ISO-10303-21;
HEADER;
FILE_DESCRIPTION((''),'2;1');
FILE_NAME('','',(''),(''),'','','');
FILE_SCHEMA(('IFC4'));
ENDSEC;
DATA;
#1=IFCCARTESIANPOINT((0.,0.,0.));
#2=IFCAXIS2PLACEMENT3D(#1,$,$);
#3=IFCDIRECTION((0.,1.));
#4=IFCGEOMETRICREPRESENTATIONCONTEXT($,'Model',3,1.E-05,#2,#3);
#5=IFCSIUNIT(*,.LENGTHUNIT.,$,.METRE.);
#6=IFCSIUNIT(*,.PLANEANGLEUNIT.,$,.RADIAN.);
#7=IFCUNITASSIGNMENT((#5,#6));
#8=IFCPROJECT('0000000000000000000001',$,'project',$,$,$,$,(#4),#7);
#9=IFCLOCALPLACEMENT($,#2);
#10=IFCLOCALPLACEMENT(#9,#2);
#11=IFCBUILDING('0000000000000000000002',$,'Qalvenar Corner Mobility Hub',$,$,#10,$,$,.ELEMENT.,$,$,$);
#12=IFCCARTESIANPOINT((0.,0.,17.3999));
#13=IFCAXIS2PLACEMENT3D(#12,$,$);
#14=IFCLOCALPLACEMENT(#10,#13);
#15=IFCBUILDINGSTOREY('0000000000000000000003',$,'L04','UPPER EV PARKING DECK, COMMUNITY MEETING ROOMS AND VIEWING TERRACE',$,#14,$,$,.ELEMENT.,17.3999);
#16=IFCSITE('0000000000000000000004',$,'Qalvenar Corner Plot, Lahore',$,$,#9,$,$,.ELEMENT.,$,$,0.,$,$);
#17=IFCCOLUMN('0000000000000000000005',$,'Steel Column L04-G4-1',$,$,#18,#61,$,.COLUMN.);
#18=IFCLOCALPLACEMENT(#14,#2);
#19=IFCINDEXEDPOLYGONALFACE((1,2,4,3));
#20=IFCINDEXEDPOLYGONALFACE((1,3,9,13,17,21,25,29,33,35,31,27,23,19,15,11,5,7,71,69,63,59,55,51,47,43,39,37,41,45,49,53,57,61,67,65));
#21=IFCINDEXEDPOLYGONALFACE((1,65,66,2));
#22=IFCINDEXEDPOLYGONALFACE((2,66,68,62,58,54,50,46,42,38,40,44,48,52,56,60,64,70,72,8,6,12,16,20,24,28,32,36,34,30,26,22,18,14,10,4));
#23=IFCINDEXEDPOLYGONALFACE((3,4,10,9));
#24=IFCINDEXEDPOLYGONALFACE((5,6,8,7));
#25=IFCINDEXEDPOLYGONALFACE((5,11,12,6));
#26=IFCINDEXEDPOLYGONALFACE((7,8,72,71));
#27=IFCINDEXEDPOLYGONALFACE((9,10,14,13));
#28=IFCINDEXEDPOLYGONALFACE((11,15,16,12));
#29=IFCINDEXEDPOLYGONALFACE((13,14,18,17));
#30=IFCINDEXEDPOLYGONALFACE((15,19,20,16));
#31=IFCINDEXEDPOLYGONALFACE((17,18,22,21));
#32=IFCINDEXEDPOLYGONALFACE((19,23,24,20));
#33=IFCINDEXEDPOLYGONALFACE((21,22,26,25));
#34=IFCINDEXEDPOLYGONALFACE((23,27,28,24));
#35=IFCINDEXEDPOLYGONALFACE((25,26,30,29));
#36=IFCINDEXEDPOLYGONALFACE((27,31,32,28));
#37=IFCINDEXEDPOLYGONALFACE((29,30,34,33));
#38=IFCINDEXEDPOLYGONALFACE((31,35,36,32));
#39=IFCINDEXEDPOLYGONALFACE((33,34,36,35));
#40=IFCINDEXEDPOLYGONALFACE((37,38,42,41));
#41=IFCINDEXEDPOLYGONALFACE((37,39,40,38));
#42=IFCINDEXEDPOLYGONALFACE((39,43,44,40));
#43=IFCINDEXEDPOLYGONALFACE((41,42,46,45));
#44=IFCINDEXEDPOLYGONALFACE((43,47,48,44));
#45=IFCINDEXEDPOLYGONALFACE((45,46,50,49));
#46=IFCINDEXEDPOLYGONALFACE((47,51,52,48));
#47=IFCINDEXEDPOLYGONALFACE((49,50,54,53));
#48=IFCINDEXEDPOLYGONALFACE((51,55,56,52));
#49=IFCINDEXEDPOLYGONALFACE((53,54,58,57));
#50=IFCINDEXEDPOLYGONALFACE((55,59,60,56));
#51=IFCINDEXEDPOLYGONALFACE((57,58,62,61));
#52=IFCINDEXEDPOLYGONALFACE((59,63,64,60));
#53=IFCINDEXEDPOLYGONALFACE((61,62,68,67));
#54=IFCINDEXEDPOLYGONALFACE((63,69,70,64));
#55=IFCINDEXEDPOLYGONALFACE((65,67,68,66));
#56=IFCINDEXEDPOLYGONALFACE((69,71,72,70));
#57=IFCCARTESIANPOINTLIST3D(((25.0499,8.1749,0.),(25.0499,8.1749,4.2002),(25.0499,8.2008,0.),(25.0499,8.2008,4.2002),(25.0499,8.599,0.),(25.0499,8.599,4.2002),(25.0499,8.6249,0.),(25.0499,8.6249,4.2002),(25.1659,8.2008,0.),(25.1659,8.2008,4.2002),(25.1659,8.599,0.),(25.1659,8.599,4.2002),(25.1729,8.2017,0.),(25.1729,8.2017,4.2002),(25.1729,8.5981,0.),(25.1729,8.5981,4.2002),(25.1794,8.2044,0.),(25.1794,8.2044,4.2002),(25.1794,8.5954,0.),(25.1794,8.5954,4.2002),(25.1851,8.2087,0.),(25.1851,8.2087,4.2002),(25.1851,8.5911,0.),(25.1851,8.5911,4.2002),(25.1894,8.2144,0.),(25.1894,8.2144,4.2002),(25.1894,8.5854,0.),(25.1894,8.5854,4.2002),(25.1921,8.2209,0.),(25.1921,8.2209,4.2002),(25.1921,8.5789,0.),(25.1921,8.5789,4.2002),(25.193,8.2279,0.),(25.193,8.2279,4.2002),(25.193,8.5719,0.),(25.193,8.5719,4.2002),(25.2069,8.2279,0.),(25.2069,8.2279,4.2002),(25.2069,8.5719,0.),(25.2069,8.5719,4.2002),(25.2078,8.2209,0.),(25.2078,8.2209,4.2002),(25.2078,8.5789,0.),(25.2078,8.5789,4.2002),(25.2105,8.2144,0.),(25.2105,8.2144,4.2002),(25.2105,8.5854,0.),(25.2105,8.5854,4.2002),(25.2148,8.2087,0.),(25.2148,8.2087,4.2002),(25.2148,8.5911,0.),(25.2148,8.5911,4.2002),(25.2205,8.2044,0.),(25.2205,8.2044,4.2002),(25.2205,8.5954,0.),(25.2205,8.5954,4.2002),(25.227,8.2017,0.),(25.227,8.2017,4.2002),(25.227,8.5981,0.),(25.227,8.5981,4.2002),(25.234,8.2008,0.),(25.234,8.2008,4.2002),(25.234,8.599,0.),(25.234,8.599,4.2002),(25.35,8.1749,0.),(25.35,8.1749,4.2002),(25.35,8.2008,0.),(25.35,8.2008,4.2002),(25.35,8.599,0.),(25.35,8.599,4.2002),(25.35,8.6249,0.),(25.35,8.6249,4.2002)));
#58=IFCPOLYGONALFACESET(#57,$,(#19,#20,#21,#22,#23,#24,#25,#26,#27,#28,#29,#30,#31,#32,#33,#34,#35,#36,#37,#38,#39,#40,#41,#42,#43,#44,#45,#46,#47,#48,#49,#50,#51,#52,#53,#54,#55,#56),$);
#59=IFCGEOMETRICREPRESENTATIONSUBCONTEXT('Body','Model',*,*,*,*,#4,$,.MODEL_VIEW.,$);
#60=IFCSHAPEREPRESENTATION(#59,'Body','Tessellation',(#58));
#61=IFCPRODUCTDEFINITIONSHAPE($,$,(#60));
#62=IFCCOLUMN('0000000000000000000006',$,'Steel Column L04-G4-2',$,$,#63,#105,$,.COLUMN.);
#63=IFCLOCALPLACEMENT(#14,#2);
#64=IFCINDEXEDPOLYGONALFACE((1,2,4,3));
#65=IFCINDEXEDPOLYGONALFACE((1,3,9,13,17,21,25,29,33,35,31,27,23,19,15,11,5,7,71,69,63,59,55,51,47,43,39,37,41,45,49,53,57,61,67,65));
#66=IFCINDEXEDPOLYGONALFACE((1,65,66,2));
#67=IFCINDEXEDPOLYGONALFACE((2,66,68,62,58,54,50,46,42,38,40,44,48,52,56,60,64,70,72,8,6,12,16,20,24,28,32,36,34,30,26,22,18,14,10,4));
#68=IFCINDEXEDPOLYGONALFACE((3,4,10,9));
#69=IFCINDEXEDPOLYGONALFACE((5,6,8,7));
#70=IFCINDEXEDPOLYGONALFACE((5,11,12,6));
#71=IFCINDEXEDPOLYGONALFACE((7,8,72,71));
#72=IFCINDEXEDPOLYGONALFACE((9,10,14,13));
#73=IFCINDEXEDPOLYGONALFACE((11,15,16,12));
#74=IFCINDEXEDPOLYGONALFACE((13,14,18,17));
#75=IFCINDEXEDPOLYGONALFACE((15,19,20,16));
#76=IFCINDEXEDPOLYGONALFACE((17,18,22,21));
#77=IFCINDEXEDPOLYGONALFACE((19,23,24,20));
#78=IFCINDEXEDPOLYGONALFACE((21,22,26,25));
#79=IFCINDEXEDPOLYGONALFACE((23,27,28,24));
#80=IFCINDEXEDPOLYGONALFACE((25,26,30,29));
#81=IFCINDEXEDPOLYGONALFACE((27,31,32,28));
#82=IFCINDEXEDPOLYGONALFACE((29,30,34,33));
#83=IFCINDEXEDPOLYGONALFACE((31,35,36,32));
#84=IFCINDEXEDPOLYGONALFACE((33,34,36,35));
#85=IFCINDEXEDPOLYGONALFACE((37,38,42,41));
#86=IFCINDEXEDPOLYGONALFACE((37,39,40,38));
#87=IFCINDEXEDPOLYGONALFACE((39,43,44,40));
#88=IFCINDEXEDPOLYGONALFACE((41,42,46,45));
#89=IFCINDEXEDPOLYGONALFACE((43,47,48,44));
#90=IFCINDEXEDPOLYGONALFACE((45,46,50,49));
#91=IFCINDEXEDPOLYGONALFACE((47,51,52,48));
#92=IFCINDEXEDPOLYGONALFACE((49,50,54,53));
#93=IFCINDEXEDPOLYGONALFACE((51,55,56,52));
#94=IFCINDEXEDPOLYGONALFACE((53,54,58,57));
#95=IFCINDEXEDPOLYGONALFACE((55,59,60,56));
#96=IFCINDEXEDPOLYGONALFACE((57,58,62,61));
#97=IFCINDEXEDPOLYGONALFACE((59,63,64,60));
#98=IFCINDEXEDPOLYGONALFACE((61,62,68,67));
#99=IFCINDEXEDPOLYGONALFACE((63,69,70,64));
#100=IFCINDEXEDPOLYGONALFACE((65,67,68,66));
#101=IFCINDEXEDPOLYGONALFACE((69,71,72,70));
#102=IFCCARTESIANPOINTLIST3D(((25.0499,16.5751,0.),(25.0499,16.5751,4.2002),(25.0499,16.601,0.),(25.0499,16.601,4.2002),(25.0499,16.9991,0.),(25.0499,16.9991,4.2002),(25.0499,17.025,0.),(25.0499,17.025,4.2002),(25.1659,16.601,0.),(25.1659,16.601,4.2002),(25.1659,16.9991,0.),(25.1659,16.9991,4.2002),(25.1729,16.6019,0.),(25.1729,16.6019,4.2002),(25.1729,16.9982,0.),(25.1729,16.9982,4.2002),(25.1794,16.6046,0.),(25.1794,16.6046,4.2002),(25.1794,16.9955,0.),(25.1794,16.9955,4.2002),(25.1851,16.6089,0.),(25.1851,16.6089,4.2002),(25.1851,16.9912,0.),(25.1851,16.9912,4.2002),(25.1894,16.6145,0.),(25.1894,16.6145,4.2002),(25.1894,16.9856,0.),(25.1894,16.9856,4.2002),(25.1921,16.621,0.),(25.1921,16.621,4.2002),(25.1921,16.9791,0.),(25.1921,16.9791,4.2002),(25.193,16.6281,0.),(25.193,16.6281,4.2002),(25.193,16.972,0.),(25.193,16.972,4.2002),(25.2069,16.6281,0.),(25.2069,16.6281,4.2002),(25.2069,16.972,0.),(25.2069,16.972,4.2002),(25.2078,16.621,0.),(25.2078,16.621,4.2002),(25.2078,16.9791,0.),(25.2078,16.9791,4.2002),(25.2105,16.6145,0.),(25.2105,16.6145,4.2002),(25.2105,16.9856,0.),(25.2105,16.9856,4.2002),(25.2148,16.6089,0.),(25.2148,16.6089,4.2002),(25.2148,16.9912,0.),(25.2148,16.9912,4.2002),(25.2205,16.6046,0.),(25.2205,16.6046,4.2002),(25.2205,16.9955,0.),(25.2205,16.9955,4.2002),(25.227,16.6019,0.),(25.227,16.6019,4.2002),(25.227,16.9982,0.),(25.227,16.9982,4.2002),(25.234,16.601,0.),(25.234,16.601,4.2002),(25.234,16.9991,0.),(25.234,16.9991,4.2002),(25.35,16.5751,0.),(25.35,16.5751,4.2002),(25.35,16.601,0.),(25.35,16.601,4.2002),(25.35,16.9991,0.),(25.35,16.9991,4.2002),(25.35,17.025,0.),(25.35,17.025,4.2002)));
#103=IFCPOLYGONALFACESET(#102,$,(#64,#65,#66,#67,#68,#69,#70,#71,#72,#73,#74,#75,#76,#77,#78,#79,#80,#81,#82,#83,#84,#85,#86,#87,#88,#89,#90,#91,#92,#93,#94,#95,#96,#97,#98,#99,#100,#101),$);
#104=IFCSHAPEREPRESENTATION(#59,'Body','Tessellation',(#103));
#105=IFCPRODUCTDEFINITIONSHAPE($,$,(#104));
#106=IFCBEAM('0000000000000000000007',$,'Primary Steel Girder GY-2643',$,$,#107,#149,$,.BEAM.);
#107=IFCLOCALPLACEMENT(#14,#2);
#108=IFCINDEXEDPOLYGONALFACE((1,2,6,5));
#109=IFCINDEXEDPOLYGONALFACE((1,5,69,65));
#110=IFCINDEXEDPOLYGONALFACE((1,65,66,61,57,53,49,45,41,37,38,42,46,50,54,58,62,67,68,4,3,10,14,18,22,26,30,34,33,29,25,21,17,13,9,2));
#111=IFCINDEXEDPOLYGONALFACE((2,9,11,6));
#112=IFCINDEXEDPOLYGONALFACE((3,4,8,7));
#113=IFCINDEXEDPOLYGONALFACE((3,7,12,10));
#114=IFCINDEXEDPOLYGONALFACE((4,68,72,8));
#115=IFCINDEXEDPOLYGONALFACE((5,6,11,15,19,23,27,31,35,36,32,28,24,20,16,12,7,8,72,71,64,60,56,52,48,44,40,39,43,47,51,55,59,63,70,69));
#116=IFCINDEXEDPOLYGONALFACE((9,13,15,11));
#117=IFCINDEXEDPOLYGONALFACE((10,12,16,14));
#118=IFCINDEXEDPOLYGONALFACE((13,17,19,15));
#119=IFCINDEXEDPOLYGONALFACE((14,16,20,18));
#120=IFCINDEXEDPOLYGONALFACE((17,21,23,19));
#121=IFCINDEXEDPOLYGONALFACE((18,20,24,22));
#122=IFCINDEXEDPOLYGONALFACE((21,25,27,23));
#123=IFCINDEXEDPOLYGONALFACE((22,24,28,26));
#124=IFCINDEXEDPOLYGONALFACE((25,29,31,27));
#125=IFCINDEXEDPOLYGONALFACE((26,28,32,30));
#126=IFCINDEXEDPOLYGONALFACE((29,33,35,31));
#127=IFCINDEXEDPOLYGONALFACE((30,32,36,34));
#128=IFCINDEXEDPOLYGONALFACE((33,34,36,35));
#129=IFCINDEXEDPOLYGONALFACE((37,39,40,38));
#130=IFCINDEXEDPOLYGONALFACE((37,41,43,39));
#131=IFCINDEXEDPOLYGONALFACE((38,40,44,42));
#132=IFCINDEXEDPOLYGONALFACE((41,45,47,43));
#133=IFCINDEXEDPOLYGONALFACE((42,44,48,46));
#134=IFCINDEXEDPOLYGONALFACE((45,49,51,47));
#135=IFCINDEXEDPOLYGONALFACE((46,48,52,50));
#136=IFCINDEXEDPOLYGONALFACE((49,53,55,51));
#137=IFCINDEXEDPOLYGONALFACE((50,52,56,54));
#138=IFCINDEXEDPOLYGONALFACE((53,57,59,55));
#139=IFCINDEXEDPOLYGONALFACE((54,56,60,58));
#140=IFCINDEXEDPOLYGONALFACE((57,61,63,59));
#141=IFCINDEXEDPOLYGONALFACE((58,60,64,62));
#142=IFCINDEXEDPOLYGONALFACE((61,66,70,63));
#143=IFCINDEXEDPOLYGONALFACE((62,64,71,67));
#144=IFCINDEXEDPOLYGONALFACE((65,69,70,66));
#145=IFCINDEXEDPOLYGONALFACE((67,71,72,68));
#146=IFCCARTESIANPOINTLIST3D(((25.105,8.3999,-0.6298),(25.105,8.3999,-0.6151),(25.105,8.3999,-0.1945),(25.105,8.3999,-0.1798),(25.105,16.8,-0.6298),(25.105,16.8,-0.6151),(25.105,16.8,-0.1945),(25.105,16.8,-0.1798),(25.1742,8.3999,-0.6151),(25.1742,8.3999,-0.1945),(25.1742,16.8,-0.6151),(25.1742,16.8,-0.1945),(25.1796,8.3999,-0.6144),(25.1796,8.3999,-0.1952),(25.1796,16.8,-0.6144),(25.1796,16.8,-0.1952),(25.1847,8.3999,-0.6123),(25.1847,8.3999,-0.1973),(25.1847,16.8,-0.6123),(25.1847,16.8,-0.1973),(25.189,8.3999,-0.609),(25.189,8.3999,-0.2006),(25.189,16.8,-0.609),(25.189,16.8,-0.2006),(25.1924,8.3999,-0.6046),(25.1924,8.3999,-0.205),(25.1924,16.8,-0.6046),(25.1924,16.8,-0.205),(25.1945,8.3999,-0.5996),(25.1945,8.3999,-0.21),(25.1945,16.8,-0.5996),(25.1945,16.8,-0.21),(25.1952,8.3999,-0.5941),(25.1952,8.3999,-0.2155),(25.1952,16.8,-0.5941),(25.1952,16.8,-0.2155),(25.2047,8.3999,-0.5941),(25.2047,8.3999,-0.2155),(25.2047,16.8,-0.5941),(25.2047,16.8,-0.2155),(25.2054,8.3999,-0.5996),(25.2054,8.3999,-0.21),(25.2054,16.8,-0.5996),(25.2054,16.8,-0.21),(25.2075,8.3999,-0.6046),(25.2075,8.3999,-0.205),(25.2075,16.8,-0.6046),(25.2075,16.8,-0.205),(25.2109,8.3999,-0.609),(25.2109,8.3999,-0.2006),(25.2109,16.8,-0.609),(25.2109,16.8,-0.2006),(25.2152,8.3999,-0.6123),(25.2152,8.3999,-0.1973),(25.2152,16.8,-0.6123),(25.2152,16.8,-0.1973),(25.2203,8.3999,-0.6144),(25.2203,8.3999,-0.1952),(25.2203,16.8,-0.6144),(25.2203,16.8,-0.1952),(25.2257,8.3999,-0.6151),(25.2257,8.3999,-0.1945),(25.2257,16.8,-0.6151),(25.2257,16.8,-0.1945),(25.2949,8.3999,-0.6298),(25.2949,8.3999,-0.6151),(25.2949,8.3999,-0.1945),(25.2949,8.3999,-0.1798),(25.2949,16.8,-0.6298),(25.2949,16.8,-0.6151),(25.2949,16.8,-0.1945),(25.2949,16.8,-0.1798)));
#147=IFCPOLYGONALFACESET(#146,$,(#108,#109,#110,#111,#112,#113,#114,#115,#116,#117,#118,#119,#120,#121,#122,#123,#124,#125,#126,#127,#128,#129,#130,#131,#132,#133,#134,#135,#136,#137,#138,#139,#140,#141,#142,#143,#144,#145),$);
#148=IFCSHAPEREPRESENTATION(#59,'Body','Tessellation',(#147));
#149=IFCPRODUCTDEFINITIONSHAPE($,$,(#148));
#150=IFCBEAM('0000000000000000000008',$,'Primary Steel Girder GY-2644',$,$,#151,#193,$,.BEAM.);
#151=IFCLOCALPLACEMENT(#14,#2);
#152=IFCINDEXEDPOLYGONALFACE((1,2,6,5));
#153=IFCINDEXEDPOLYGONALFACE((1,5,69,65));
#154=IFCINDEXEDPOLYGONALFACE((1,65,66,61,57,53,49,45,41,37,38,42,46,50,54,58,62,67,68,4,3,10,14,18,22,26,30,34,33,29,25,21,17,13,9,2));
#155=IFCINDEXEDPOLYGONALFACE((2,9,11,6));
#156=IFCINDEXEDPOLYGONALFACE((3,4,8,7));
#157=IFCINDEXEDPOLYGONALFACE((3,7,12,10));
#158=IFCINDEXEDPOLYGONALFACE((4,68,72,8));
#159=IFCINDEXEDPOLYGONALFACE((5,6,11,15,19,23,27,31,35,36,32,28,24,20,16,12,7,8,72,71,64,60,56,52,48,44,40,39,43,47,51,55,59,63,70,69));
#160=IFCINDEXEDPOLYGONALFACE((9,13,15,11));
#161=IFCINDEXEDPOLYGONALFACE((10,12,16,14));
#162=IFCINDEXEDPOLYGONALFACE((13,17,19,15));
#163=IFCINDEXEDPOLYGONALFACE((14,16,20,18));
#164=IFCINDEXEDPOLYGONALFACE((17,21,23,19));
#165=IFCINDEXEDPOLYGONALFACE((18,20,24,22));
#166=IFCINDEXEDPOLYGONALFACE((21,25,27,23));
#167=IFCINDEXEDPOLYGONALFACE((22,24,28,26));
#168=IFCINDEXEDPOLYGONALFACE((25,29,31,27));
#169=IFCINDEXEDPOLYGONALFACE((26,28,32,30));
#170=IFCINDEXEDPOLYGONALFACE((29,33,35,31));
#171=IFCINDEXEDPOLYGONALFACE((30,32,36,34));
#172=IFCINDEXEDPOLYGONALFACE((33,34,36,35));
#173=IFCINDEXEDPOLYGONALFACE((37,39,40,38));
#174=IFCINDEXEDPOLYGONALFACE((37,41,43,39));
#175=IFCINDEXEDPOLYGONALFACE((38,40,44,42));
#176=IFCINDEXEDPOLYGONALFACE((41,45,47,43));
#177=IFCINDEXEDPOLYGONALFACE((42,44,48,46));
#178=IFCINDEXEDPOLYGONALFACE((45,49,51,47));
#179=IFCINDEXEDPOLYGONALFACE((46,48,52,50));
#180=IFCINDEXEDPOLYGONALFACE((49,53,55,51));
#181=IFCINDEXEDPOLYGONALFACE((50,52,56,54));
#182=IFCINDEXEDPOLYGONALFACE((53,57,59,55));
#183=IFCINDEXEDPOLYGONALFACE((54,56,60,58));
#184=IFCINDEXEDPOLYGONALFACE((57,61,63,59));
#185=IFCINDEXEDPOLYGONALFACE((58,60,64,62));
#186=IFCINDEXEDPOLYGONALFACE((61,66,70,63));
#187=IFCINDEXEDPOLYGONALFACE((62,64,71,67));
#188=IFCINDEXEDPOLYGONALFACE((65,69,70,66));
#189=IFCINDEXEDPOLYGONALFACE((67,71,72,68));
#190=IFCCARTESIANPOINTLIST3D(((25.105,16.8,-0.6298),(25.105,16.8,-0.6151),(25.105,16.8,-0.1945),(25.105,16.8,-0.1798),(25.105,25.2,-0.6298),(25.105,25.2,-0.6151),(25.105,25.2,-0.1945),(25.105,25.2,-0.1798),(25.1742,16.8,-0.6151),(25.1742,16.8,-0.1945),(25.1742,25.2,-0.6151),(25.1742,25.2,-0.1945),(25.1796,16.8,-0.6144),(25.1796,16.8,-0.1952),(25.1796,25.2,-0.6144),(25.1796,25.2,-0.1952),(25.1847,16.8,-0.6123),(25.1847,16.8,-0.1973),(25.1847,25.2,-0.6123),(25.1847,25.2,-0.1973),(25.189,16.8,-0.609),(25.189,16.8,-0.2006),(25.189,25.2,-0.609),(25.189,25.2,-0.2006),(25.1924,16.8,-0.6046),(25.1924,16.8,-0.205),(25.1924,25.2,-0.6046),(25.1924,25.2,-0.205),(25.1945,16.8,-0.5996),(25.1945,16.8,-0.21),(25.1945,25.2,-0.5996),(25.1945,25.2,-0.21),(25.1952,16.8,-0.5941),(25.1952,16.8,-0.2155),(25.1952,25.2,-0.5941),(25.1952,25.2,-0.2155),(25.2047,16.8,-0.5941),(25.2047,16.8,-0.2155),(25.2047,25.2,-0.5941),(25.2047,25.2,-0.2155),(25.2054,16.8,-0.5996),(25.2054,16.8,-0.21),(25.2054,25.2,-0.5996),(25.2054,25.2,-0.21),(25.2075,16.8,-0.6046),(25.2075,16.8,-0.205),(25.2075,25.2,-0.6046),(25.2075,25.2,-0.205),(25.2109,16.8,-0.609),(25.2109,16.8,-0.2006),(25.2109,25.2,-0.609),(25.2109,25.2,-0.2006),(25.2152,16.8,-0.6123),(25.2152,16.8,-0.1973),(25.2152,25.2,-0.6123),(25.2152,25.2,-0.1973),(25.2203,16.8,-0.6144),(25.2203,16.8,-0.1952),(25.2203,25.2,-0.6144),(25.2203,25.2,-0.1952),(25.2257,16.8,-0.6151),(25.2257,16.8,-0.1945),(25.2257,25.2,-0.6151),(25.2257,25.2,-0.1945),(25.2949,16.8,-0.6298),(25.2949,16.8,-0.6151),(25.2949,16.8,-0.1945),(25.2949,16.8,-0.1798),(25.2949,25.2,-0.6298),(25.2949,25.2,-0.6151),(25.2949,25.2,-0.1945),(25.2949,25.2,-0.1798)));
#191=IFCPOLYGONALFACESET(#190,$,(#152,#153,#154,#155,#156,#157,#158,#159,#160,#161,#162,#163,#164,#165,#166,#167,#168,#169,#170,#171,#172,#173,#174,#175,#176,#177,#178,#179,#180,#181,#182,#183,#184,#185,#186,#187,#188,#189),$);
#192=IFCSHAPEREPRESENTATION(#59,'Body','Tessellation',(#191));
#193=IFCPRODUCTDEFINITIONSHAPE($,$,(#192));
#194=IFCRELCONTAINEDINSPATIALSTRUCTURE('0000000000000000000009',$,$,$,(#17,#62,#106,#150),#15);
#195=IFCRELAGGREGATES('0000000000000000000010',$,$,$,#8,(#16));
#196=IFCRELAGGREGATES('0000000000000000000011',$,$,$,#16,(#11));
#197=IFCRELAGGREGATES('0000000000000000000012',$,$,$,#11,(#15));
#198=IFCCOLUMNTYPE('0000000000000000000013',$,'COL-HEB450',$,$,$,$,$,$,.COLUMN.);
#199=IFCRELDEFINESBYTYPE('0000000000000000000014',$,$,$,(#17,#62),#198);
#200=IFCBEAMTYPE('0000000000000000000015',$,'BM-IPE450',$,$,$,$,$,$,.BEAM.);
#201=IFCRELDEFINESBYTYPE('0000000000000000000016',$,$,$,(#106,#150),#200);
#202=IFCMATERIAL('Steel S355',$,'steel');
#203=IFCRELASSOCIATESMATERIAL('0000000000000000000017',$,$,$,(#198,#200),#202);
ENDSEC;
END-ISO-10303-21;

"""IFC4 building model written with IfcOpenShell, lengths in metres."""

from ifc_helpers import new_model, si_unit, direction, frame, origin, origin_2d, place, context, subcontext, project, spatial, i_section, extrude, material, material_profile, profile_set, type_object, element, save


model = new_model("IFC4")

# Units and contexts
model_context = context("Model", 3, precision=1e-05, world=origin(), true_north=direction((0.0, 1.0)))
body_context = subcontext(model_context, "Body", "Model", "MODEL_VIEW")
ifc_project = project(units=[si_unit("LENGTHUNIT", "METRE"), si_unit("PLANEANGLEUNIT", "RADIAN")], contexts=[model_context])

# Site, building, storey
site_placement = place(None, origin())
site = spatial("IfcSite", under=ifc_project, at=site_placement, Name="Qalvenar Corner Plot, Lahore", CompositionType="ELEMENT", RefElevation=0.0)
building_placement = place(site_placement, origin())
building = spatial("IfcBuilding", under=site, at=building_placement, Name="Qalvenar Corner Mobility Hub", CompositionType="ELEMENT")
storey_placement = place(building_placement, frame((0.0, 0.0, 17.3999)))
storey = spatial("IfcBuildingStorey", under=building, at=storey_placement, Name="L04", Description="UPPER EV PARKING DECK, COMMUNITY MEETING ROOMS AND VIEWING TERRACE", CompositionType="ELEMENT", Elevation=17.3999)

# Columns
ifc_material_1 = material(Name="Steel S355", Category="steel")
ifc_material_profile_1 = material_profile(ifc_material_1, i_section(OverallWidth=0.3, OverallDepth=0.45, WebThickness=0.0139, FlangeThickness=0.0259, FilletRadius=0.0271, at=origin_2d()), Name="HEB450")
ifc_profile_set_1 = profile_set([ifc_material_profile_1], Name="Steel S355")
column_type = type_object("IfcColumnType", Name="COL-HEB450", PredefinedType="COLUMN", material=ifc_profile_set_1)
for number, where, z_axis, x_axis, name in (
    (1, (25.2, 8.3999, 0.0), (0.0, 0.0, 1.0), (1.0, 0.0, 0.0), "Steel Column L04-G4-1"),
    (2, (25.2, 16.8, 0.0), (0.0, 0.0, 1.0), (1.0, 0.0, 0.0), "Steel Column L04-G4-2"),
):
    element("IfcColumn", number, at=place(storey_placement, frame(where, z_axis=z_axis, x_axis=x_axis)), inside=storey, type_object=column_type, Name=name, PredefinedType="COLUMN", context=body_context, shape_type="SweptSolid", body=[
        extrude(i_section(OverallWidth=0.3, OverallDepth=0.45, WebThickness=0.0139, FlangeThickness=0.0259, FilletRadius=0.0271, at=origin_2d()), origin(), (0.0, 0.0, 1.0), 4.2002),
    ])

# Beams
ifc_material_profile_2 = material_profile(ifc_material_1, i_section(OverallWidth=0.1899, OverallDepth=0.45, WebThickness=0.0095, FlangeThickness=0.0146, FilletRadius=0.021, at=origin_2d()), Name="IPE450")
ifc_profile_set_2 = profile_set([ifc_material_profile_2], Name="Steel S355")
beam_type_1 = type_object("IfcBeamType", Name="BM-IPE450", PredefinedType="BEAM", material=ifc_profile_set_2)
beam_1_placement = place(storey_placement, frame((25.2, 8.3999, -0.4048), z_axis=(0.0, 1.0, 0.0), x_axis=(-1.0, 0.0, 0.0)))
element("IfcBeam", 3, at=beam_1_placement, inside=storey, type_object=beam_type_1, Name="Primary Steel Girder GY-2643", PredefinedType="BEAM", context=body_context, shape_type="SweptSolid", body=[
    extrude(i_section(OverallWidth=0.1899, OverallDepth=0.45, WebThickness=0.0095, FlangeThickness=0.0146, FilletRadius=0.021, at=origin_2d()), origin(), (0.0, 0.0, 1.0), 8.4001),
])
beam_2_placement = place(storey_placement, frame((25.2, 16.8, -0.4048), z_axis=(0.0, 1.0, 0.0), x_axis=(-1.0, 0.0, 0.0)))
element("IfcBeam", 4, at=beam_2_placement, inside=storey, type_object=beam_type_1, Name="Primary Steel Girder GY-2644", PredefinedType="BEAM", context=body_context, shape_type="SweptSolid", body=[
    extrude(i_section(OverallWidth=0.1899, OverallDepth=0.45, WebThickness=0.0095, FlangeThickness=0.0146, FilletRadius=0.021, at=origin_2d()), origin(), (0.0, 0.0, 1.0), 8.3999),
])

save(model, "model.ifc")
